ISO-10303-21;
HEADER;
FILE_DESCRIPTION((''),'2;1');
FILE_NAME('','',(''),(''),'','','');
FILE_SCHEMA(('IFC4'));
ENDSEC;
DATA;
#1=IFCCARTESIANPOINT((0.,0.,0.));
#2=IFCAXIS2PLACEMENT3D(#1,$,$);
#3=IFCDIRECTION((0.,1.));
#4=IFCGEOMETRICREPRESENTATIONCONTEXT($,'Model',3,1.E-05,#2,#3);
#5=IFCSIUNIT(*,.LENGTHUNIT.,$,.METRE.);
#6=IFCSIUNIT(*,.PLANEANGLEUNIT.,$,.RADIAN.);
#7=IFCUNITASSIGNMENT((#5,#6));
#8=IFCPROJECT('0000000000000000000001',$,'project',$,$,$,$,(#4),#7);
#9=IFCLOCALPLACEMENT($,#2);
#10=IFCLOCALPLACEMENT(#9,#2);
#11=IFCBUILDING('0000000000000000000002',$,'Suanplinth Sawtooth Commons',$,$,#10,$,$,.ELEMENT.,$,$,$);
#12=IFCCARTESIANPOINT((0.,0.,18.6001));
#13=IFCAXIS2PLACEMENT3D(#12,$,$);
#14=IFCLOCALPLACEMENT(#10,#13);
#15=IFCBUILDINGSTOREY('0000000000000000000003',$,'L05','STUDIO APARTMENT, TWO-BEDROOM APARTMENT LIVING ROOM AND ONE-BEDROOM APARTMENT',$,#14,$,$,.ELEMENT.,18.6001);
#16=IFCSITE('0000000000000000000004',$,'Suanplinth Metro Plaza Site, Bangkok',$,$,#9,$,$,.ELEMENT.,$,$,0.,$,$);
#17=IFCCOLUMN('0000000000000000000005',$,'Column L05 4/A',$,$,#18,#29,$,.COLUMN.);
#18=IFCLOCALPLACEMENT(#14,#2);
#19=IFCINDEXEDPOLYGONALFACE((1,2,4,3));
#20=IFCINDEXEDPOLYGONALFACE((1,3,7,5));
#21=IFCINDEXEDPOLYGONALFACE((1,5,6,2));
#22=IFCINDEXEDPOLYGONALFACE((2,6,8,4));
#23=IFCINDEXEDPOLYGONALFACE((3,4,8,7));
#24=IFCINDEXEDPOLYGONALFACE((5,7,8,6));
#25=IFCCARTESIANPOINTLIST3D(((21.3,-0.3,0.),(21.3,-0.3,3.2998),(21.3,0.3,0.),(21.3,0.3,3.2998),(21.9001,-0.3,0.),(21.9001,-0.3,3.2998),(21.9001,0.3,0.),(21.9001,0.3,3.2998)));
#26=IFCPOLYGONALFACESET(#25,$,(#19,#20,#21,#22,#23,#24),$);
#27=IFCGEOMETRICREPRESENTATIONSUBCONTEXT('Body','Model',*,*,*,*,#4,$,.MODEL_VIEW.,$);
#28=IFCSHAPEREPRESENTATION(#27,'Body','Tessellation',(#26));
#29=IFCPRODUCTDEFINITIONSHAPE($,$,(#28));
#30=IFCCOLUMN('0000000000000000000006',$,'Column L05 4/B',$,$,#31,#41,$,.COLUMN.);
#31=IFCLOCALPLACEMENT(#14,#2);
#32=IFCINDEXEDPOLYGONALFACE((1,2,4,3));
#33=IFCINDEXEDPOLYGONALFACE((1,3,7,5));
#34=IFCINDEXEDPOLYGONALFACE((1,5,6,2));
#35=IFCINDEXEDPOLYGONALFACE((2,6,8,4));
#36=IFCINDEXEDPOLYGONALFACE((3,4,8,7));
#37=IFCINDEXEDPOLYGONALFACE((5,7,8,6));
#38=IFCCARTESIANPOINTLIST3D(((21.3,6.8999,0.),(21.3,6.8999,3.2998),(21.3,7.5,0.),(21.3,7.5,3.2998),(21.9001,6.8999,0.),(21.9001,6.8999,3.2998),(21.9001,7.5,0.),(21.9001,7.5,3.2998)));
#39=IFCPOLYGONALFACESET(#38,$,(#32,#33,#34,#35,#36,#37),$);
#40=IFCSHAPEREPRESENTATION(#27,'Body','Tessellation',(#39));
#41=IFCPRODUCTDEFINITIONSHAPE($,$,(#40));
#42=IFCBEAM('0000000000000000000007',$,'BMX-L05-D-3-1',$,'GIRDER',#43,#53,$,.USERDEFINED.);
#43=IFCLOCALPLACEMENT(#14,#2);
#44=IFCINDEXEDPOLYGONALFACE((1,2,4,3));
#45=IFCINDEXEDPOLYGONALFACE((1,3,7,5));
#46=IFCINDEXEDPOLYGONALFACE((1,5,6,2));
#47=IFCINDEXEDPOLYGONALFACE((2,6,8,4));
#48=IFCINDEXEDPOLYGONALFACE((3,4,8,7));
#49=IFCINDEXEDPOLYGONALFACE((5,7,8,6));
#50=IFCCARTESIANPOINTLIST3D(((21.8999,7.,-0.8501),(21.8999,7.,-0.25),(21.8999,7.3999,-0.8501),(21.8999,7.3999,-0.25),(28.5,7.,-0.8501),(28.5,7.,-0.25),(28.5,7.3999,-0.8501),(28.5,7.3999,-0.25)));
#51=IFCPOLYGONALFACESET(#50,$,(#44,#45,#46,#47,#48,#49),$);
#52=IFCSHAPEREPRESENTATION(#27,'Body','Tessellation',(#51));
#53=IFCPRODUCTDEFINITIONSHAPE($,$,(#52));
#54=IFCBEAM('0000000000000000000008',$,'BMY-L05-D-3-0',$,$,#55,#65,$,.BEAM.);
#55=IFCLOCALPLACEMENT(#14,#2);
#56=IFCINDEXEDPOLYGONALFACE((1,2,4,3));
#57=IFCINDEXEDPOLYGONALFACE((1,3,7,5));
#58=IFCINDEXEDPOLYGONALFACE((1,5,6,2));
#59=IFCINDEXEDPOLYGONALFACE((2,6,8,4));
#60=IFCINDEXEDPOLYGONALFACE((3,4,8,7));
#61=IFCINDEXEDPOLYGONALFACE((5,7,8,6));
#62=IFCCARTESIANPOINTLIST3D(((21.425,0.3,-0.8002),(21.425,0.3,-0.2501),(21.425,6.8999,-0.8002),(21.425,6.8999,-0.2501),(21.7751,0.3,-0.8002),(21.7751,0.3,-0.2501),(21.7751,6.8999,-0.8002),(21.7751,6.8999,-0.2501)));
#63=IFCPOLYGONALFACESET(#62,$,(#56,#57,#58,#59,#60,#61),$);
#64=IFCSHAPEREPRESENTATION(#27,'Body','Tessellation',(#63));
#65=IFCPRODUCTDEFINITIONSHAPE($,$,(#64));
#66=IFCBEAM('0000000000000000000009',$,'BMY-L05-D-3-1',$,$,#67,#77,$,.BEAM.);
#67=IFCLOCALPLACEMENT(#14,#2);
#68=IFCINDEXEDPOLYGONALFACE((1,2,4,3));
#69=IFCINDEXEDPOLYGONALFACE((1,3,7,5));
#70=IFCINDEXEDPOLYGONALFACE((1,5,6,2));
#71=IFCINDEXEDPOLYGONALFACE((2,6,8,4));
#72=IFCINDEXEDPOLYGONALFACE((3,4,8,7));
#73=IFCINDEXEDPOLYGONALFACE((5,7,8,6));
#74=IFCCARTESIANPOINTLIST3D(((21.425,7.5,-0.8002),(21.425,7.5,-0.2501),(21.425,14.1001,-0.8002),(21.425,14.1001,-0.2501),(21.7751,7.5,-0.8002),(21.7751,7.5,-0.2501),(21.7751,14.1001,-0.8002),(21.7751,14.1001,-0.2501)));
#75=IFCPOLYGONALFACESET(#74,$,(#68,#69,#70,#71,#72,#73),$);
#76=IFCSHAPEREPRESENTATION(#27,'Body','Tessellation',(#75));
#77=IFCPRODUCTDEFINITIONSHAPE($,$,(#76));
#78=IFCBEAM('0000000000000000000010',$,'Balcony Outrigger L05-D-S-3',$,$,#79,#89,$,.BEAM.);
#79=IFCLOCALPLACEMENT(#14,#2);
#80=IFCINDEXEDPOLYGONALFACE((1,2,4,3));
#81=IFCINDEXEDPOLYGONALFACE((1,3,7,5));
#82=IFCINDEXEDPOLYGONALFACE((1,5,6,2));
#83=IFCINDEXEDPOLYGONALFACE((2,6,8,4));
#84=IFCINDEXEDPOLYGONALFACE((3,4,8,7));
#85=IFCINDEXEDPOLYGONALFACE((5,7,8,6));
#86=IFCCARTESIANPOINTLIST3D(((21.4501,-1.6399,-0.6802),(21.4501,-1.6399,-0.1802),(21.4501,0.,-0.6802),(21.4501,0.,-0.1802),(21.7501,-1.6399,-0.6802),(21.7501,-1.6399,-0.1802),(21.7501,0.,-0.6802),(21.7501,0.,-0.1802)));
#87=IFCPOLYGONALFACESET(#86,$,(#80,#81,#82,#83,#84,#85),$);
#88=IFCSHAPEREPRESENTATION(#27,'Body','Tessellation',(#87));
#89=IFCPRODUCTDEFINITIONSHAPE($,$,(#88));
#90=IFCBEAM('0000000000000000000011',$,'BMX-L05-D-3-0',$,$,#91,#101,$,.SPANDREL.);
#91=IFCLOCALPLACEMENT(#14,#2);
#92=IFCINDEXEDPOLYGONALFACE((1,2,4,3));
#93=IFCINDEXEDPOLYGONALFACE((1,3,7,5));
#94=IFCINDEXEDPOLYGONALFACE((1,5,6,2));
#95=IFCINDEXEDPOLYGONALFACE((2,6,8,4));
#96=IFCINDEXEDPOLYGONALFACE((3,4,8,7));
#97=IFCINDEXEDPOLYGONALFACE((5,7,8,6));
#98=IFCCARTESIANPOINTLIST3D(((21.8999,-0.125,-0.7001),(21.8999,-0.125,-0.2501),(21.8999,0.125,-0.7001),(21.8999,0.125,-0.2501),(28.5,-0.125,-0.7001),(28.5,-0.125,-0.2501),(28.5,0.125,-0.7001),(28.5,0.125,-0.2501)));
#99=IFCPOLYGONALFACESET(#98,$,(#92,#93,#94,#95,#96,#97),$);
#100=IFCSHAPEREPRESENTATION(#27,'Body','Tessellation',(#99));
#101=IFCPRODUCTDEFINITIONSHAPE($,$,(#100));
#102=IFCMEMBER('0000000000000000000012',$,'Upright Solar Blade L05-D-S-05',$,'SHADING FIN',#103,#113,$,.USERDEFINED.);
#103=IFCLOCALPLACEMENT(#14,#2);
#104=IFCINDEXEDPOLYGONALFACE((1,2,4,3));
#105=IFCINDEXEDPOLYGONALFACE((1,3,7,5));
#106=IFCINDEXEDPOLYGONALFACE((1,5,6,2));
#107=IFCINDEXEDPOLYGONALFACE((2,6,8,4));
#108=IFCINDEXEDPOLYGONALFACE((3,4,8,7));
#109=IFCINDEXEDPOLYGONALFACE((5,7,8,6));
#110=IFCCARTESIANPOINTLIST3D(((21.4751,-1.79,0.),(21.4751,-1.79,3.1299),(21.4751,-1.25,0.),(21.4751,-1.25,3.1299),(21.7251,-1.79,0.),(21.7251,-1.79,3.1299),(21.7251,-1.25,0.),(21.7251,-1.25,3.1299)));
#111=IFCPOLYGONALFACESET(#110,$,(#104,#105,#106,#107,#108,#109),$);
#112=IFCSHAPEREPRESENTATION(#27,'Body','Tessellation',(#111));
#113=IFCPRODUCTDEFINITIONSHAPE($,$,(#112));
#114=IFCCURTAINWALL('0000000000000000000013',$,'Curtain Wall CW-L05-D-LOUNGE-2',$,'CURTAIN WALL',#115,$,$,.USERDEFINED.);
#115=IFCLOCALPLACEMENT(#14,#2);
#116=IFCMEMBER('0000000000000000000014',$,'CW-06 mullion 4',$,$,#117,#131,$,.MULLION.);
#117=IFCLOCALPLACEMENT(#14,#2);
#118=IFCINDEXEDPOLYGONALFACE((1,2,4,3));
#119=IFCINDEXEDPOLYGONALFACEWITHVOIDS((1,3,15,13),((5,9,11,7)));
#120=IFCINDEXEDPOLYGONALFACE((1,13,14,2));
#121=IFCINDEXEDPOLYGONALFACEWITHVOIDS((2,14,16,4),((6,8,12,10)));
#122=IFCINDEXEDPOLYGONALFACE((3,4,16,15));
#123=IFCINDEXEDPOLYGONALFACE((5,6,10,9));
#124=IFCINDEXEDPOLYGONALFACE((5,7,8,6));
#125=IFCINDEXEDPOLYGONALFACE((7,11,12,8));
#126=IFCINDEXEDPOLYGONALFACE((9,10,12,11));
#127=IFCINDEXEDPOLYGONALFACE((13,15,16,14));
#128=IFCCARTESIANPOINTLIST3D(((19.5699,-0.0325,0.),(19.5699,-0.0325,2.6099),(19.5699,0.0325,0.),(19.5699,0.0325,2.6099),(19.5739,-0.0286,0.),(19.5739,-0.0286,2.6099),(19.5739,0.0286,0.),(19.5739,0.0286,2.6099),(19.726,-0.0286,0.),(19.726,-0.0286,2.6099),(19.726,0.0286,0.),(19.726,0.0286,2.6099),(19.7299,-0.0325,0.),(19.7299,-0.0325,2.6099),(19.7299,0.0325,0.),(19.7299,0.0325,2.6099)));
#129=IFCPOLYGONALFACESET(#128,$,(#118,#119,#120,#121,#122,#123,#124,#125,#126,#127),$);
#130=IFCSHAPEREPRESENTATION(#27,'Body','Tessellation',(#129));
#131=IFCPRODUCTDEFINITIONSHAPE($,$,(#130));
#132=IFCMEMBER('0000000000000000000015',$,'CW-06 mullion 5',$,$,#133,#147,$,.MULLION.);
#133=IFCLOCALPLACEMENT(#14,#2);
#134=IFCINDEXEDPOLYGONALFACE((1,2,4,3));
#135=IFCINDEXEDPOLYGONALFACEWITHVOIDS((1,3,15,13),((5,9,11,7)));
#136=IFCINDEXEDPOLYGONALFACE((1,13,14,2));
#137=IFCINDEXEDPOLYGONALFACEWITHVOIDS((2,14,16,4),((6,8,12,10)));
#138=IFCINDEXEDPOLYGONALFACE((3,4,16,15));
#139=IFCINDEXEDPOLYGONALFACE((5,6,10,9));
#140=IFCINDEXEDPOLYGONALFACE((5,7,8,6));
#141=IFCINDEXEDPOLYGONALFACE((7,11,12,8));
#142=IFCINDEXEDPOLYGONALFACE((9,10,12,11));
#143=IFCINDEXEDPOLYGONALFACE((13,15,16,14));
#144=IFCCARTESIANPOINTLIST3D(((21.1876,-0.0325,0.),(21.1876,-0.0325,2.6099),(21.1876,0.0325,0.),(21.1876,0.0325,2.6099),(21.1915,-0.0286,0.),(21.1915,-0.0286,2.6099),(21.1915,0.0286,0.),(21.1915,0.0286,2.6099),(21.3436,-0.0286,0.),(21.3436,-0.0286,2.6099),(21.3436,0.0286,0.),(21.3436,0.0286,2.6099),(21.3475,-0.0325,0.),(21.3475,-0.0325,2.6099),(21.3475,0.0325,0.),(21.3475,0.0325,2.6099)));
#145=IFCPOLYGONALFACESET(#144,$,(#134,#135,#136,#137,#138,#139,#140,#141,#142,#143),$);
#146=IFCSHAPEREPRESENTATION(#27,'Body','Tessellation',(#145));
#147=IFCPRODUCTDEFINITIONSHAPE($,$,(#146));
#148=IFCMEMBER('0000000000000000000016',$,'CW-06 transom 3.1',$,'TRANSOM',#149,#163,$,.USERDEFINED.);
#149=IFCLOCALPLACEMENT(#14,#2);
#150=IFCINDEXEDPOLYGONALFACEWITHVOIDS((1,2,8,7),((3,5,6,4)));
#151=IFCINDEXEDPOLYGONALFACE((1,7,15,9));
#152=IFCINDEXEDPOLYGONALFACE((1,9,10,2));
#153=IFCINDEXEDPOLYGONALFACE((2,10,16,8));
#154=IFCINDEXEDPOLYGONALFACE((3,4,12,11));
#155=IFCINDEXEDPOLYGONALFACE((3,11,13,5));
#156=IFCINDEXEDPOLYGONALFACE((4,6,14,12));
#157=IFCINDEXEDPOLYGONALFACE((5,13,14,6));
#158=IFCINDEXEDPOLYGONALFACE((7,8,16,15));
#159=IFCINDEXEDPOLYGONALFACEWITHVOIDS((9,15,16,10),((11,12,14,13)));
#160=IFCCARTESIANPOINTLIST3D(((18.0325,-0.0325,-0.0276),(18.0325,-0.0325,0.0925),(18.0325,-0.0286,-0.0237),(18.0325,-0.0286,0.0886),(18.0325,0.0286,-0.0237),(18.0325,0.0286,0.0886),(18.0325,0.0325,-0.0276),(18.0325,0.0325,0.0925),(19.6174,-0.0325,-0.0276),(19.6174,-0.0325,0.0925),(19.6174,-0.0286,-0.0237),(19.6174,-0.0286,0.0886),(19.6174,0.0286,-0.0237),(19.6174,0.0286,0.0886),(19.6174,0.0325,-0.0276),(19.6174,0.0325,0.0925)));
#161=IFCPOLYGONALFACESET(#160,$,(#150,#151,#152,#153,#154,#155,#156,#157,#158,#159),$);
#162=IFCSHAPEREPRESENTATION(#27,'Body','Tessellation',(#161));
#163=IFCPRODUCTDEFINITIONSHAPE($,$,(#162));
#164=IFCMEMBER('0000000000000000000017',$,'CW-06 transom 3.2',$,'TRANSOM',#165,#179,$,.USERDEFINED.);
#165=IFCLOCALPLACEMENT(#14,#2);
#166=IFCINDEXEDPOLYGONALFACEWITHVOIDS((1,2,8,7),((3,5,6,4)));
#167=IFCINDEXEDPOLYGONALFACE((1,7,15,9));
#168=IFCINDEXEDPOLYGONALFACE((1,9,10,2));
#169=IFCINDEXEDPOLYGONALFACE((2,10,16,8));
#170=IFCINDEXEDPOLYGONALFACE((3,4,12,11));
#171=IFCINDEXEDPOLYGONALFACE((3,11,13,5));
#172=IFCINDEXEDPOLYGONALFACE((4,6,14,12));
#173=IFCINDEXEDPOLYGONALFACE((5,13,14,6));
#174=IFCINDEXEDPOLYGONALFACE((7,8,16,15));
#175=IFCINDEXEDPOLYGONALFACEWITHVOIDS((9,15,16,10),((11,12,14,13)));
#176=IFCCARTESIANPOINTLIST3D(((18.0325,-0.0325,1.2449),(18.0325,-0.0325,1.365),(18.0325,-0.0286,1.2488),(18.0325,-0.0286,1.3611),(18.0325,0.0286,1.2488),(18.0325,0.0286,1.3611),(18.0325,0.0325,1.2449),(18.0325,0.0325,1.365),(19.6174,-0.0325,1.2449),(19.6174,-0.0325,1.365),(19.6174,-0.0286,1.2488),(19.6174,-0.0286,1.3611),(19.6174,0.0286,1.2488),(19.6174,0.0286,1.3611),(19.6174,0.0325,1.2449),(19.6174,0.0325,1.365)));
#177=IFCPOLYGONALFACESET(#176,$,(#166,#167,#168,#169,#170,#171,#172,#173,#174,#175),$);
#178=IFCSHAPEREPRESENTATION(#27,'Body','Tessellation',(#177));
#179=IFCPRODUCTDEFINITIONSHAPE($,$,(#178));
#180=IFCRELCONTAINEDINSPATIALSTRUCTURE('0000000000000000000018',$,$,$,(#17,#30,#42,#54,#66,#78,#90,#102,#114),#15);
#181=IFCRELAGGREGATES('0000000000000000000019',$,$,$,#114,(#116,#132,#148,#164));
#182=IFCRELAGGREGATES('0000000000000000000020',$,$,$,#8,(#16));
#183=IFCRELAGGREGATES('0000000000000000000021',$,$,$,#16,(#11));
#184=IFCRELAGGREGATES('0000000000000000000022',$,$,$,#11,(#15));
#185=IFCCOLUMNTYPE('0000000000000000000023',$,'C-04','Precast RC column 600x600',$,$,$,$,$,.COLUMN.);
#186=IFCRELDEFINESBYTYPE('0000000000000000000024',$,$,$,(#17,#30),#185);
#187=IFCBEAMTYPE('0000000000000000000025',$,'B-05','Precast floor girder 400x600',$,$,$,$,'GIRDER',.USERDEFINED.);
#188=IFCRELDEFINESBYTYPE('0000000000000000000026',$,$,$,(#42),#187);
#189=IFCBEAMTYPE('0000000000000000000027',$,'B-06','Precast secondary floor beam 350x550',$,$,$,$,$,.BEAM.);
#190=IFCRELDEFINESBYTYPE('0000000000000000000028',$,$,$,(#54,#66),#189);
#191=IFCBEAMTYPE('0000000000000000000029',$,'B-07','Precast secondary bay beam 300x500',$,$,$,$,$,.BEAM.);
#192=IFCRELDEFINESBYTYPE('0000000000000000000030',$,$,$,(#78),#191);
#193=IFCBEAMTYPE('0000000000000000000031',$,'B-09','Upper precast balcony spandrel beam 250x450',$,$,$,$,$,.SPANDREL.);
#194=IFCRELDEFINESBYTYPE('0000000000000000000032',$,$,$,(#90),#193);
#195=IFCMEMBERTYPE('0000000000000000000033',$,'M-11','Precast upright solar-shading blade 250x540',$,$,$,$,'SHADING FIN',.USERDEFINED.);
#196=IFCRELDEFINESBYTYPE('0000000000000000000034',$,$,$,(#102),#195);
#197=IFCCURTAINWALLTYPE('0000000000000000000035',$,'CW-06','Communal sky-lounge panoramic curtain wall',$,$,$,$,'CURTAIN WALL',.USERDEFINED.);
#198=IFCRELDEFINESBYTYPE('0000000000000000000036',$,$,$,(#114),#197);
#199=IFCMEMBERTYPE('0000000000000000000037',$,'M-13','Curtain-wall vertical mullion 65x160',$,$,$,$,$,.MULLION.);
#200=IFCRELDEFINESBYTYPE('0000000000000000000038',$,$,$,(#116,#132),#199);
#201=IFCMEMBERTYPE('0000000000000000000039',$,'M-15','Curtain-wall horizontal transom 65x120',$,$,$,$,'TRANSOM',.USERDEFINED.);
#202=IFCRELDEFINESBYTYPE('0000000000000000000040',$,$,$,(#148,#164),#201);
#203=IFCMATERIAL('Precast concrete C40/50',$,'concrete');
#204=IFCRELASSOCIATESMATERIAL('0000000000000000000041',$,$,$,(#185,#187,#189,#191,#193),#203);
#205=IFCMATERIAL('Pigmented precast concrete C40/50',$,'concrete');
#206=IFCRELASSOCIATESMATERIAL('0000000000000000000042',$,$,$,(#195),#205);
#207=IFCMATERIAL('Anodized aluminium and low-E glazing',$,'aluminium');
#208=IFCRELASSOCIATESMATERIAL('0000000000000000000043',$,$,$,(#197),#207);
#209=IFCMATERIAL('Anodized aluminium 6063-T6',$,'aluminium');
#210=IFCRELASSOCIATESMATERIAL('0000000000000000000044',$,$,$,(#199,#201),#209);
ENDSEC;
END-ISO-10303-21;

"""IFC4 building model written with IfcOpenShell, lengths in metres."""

from ifc_helpers import new_model, si_unit, direction, frame, origin, origin_2d, place, context, subcontext, project, spatial, rectangle, hollow_rectangle, extrude, material, material_profile, profile_set, type_object, element, aggregate, save


model = new_model("IFC4")

# Units and contexts
model_context = context("Model", 3, precision=1e-05, world=origin(), true_north=direction((0.0, 1.0)))
body_context = subcontext(model_context, "Body", "Model", "MODEL_VIEW")
ifc_project = project(units=[si_unit("LENGTHUNIT", "METRE"), si_unit("PLANEANGLEUNIT", "RADIAN")], contexts=[model_context])

# Site, building, storey
site_placement = place(None, origin())
site = spatial("IfcSite", under=ifc_project, at=site_placement, Name="Suanplinth Metro Plaza Site, Bangkok", CompositionType="ELEMENT", RefElevation=0.0)
building_placement = place(site_placement, origin())
building = spatial("IfcBuilding", under=site, at=building_placement, Name="Suanplinth Sawtooth Commons", CompositionType="ELEMENT")
storey_placement = place(building_placement, frame((0.0, 0.0, 18.6001)))
storey = spatial("IfcBuildingStorey", under=building, at=storey_placement, Name="L05", Description="STUDIO APARTMENT, TWO-BEDROOM APARTMENT LIVING ROOM AND ONE-BEDROOM APARTMENT", CompositionType="ELEMENT", Elevation=18.6001)

# Columns
ifc_material_1 = material(Name="Precast concrete C40/50", Category="concrete")
ifc_material_profile_1 = material_profile(ifc_material_1, rectangle(XDim=0.6001, YDim=0.6001, at=origin_2d()), Name="PC-COL 600x600")
ifc_profile_set_1 = profile_set([ifc_material_profile_1], Name="Precast concrete C40/50")
column_type = type_object("IfcColumnType", Name="C-04", Description="Precast RC column 600x600", PredefinedType="COLUMN", material=ifc_profile_set_1)
for number, where, z_axis, x_axis, name in (
    (1, (21.6001, 0.0, 0.0), (0.0, 0.0, 1.0), (1.0, 0.0, 0.0), "Column L05 4/A"),
    (2, (21.6001, 7.2, 0.0), (0.0, 0.0, 1.0), (1.0, 0.0, 0.0), "Column L05 4/B"),
):
    element("IfcColumn", number, at=place(storey_placement, frame(where, z_axis=z_axis, x_axis=x_axis)), inside=storey, type_object=column_type, Name=name, PredefinedType="COLUMN", context=body_context, shape_type="SweptSolid", body=[
        extrude(rectangle(XDim=0.6001, YDim=0.6001, at=origin_2d()), origin(), (0.0, 0.0, 1.0), 3.2998),
    ])

# Beams
ifc_material_profile_2 = material_profile(ifc_material_1, rectangle(XDim=0.3999, YDim=0.6001, at=origin_2d()), Name="PC-GDR 400x600")
ifc_profile_set_2 = profile_set([ifc_material_profile_2], Name="Precast concrete C40/50")
beam_type_1 = type_object("IfcBeamType", Name="B-05", Description="Precast floor girder 400x600", ElementType="GIRDER", PredefinedType="USERDEFINED", material=ifc_profile_set_2)
beam_1_placement = place(storey_placement, frame((21.8999, 7.2, -0.55), z_axis=(1.0, 0.0, 0.0), x_axis=(0.0, 1.0, 0.0)))
element("IfcBeam", 3, at=beam_1_placement, inside=storey, type_object=beam_type_1, Name="BMX-L05-D-3-1", ObjectType="GIRDER", PredefinedType="USERDEFINED", context=body_context, shape_type="SweptSolid", body=[
    extrude(rectangle(XDim=0.3999, YDim=0.6001, at=origin_2d()), origin(), (0.0, 0.0, 1.0), 6.6001),
])
ifc_material_profile_3 = material_profile(ifc_material_1, rectangle(XDim=0.3501, YDim=0.55, at=origin_2d()), Name="PC-BM 350x550")
ifc_profile_set_3 = profile_set([ifc_material_profile_3], Name="Precast concrete C40/50")
beam_type_2 = type_object("IfcBeamType", Name="B-06", Description="Precast secondary floor beam 350x550", PredefinedType="BEAM", material=ifc_profile_set_3)
beam_2_placement = place(storey_placement, frame((21.6001, 0.3, -0.5251), z_axis=(0.0, 1.0, 0.0), x_axis=(-1.0, 0.0, 0.0)))
element("IfcBeam", 4, at=beam_2_placement, inside=storey, type_object=beam_type_2, Name="BMY-L05-D-3-0", PredefinedType="BEAM", context=body_context, shape_type="SweptSolid", body=[
    extrude(rectangle(XDim=0.3501, YDim=0.55, at=origin_2d()), origin(), (0.0, 0.0, 1.0), 6.5999),
])
beam_3_placement = place(storey_placement, frame((21.6001, 7.5, -0.5251), z_axis=(0.0, 1.0, 0.0), x_axis=(-1.0, 0.0, 0.0)))
element("IfcBeam", 5, at=beam_3_placement, inside=storey, type_object=beam_type_2, Name="BMY-L05-D-3-1", PredefinedType="BEAM", context=body_context, shape_type="SweptSolid", body=[
    extrude(rectangle(XDim=0.3501, YDim=0.55, at=origin_2d()), origin(), (0.0, 0.0, 1.0), 6.6001),
])
ifc_material_profile_4 = material_profile(ifc_material_1, rectangle(XDim=0.3, YDim=0.5, at=origin_2d()), Name="PC-BM 300x500")
ifc_profile_set_4 = profile_set([ifc_material_profile_4], Name="Precast concrete C40/50")
beam_type_3 = type_object("IfcBeamType", Name="B-07", Description="Precast secondary bay beam 300x500", PredefinedType="BEAM", material=ifc_profile_set_4)
beam_4_placement = place(storey_placement, frame((21.6001, 0.0, -0.4302), z_axis=(0.0, -1.0, 0.0), x_axis=(1.0, 0.0, 0.0)))
element("IfcBeam", 6, at=beam_4_placement, inside=storey, type_object=beam_type_3, Name="Balcony Outrigger L05-D-S-3", PredefinedType="BEAM", context=body_context, shape_type="SweptSolid", body=[
    extrude(rectangle(XDim=0.3, YDim=0.5, at=origin_2d()), origin(), (0.0, 0.0, 1.0), 1.6399),
])
ifc_material_profile_5 = material_profile(ifc_material_1, rectangle(XDim=0.25, YDim=0.45, at=origin_2d()), Name="PC-SP 250x450")
ifc_profile_set_5 = profile_set([ifc_material_profile_5], Name="Precast concrete C40/50")
beam_type_4 = type_object("IfcBeamType", Name="B-09", Description="Upper precast balcony spandrel beam 250x450", PredefinedType="SPANDREL", material=ifc_profile_set_5)
beam_5_placement = place(storey_placement, frame((21.8999, 0.0, -0.4751), z_axis=(1.0, 0.0, 0.0), x_axis=(0.0, 1.0, 0.0)))
element("IfcBeam", 7, at=beam_5_placement, inside=storey, type_object=beam_type_4, Name="BMX-L05-D-3-0", PredefinedType="SPANDREL", context=body_context, shape_type="SweptSolid", body=[
    extrude(rectangle(XDim=0.25, YDim=0.45, at=origin_2d()), origin(), (0.0, 0.0, 1.0), 6.6001),
])

# Member
ifc_material_2 = material(Name="Pigmented precast concrete C40/50", Category="concrete")
ifc_material_profile_6 = material_profile(ifc_material_2, rectangle(XDim=0.25, YDim=0.54, at=origin_2d()), Name="PC-FIN 250x540")
ifc_profile_set_6 = profile_set([ifc_material_profile_6], Name="Pigmented precast concrete C40/50")
member_type_1 = type_object("IfcMemberType", Name="M-11", Description="Precast upright solar-shading blade 250x540", ElementType="SHADING FIN", PredefinedType="USERDEFINED", material=ifc_profile_set_6)
member_1_placement = place(storey_placement, frame((21.6001, -1.52, 0.0), z_axis=(0.0, 0.0, 1.0), x_axis=(1.0, 0.0, 0.0)))
element("IfcMember", 8, at=member_1_placement, inside=storey, type_object=member_type_1, Name="Upright Solar Blade L05-D-S-05", ObjectType="SHADING FIN", PredefinedType="USERDEFINED", context=body_context, shape_type="SweptSolid", body=[
    extrude(rectangle(XDim=0.25, YDim=0.54, at=origin_2d()), origin(), (0.0, 0.0, 1.0), 3.1299),
])

# Curtain wall, members
ifc_material_3 = material(Name="Anodized aluminium and low-E glazing", Category="aluminium")
curtain_wall_type = type_object("IfcCurtainWallType", Name="CW-06", Description="Communal sky-lounge panoramic curtain wall", ElementType="CURTAIN WALL", PredefinedType="USERDEFINED", material=ifc_material_3)
curtain_wall_placement = place(storey_placement, origin())
curtain_wall = element("IfcCurtainWall", 9, at=curtain_wall_placement, inside=storey, type_object=curtain_wall_type, Name="Curtain Wall CW-L05-D-LOUNGE-2", ObjectType="CURTAIN WALL", PredefinedType="USERDEFINED")
ifc_material_4 = material(Name="Anodized aluminium 6063-T6", Category="aluminium")
ifc_material_profile_7 = material_profile(ifc_material_4, hollow_rectangle(XDim=0.0649, YDim=0.1599, WallThickness=0.0039, at=origin_2d()), Name="ALU-MUL 65x160")
ifc_profile_set_7 = profile_set([ifc_material_profile_7], Name="Anodized aluminium 6063-T6")
member_type_2 = type_object("IfcMemberType", Name="M-13", Description="Curtain-wall vertical mullion 65x160", PredefinedType="MULLION", material=ifc_profile_set_7)
member_2_placement = place(storey_placement, frame((19.6499, 0.0, 0.0), z_axis=(0.0, 0.0, 1.0), x_axis=(0.0, 1.0, 0.0)))
member_2 = element("IfcMember", 10, at=member_2_placement, type_object=member_type_2, Name="CW-06 mullion 4", PredefinedType="MULLION", context=body_context, shape_type="SweptSolid", body=[
    extrude(hollow_rectangle(XDim=0.0649, YDim=0.1599, WallThickness=0.0039, at=origin_2d()), origin(), (0.0, 0.0, 1.0), 2.6099),
])
member_3_placement = place(storey_placement, frame((21.2676, 0.0, 0.0), z_axis=(0.0, 0.0, 1.0), x_axis=(0.0, 1.0, 0.0)))
member_3 = element("IfcMember", 11, at=member_3_placement, type_object=member_type_2, Name="CW-06 mullion 5", PredefinedType="MULLION", context=body_context, shape_type="SweptSolid", body=[
    extrude(hollow_rectangle(XDim=0.0649, YDim=0.1599, WallThickness=0.0039, at=origin_2d()), origin(), (0.0, 0.0, 1.0), 2.6099),
])
ifc_material_profile_8 = material_profile(ifc_material_4, hollow_rectangle(XDim=0.0649, YDim=0.1201, WallThickness=0.0039, at=origin_2d()), Name="ALU-TRN 65x120")
ifc_profile_set_8 = profile_set([ifc_material_profile_8], Name="Anodized aluminium 6063-T6")
member_type_3 = type_object("IfcMemberType", Name="M-15", Description="Curtain-wall horizontal transom 65x120", ElementType="TRANSOM", PredefinedType="USERDEFINED", material=ifc_profile_set_8)
member_4_placement = place(storey_placement, frame((18.0325, 0.0, 0.0325), z_axis=(1.0, 0.0, 0.0), x_axis=(0.0, 1.0, 0.0)))
member_4 = element("IfcMember", 12, at=member_4_placement, type_object=member_type_3, Name="CW-06 transom 3.1", ObjectType="TRANSOM", PredefinedType="USERDEFINED", context=body_context, shape_type="SweptSolid", body=[
    extrude(hollow_rectangle(XDim=0.0649, YDim=0.1201, WallThickness=0.0039, at=origin_2d()), origin(), (0.0, 0.0, 1.0), 1.585),
])
member_5_placement = place(storey_placement, frame((18.0325, 0.0, 1.3049), z_axis=(1.0, 0.0, 0.0), x_axis=(0.0, 1.0, 0.0)))
member_5 = element("IfcMember", 13, at=member_5_placement, type_object=member_type_3, Name="CW-06 transom 3.2", ObjectType="TRANSOM", PredefinedType="USERDEFINED", context=body_context, shape_type="SweptSolid", body=[
    extrude(hollow_rectangle(XDim=0.0649, YDim=0.1201, WallThickness=0.0039, at=origin_2d()), origin(), (0.0, 0.0, 1.0), 1.585),
])
aggregate(curtain_wall, [member_2, member_3, member_4, member_5])

save(model, "model.ifc")
